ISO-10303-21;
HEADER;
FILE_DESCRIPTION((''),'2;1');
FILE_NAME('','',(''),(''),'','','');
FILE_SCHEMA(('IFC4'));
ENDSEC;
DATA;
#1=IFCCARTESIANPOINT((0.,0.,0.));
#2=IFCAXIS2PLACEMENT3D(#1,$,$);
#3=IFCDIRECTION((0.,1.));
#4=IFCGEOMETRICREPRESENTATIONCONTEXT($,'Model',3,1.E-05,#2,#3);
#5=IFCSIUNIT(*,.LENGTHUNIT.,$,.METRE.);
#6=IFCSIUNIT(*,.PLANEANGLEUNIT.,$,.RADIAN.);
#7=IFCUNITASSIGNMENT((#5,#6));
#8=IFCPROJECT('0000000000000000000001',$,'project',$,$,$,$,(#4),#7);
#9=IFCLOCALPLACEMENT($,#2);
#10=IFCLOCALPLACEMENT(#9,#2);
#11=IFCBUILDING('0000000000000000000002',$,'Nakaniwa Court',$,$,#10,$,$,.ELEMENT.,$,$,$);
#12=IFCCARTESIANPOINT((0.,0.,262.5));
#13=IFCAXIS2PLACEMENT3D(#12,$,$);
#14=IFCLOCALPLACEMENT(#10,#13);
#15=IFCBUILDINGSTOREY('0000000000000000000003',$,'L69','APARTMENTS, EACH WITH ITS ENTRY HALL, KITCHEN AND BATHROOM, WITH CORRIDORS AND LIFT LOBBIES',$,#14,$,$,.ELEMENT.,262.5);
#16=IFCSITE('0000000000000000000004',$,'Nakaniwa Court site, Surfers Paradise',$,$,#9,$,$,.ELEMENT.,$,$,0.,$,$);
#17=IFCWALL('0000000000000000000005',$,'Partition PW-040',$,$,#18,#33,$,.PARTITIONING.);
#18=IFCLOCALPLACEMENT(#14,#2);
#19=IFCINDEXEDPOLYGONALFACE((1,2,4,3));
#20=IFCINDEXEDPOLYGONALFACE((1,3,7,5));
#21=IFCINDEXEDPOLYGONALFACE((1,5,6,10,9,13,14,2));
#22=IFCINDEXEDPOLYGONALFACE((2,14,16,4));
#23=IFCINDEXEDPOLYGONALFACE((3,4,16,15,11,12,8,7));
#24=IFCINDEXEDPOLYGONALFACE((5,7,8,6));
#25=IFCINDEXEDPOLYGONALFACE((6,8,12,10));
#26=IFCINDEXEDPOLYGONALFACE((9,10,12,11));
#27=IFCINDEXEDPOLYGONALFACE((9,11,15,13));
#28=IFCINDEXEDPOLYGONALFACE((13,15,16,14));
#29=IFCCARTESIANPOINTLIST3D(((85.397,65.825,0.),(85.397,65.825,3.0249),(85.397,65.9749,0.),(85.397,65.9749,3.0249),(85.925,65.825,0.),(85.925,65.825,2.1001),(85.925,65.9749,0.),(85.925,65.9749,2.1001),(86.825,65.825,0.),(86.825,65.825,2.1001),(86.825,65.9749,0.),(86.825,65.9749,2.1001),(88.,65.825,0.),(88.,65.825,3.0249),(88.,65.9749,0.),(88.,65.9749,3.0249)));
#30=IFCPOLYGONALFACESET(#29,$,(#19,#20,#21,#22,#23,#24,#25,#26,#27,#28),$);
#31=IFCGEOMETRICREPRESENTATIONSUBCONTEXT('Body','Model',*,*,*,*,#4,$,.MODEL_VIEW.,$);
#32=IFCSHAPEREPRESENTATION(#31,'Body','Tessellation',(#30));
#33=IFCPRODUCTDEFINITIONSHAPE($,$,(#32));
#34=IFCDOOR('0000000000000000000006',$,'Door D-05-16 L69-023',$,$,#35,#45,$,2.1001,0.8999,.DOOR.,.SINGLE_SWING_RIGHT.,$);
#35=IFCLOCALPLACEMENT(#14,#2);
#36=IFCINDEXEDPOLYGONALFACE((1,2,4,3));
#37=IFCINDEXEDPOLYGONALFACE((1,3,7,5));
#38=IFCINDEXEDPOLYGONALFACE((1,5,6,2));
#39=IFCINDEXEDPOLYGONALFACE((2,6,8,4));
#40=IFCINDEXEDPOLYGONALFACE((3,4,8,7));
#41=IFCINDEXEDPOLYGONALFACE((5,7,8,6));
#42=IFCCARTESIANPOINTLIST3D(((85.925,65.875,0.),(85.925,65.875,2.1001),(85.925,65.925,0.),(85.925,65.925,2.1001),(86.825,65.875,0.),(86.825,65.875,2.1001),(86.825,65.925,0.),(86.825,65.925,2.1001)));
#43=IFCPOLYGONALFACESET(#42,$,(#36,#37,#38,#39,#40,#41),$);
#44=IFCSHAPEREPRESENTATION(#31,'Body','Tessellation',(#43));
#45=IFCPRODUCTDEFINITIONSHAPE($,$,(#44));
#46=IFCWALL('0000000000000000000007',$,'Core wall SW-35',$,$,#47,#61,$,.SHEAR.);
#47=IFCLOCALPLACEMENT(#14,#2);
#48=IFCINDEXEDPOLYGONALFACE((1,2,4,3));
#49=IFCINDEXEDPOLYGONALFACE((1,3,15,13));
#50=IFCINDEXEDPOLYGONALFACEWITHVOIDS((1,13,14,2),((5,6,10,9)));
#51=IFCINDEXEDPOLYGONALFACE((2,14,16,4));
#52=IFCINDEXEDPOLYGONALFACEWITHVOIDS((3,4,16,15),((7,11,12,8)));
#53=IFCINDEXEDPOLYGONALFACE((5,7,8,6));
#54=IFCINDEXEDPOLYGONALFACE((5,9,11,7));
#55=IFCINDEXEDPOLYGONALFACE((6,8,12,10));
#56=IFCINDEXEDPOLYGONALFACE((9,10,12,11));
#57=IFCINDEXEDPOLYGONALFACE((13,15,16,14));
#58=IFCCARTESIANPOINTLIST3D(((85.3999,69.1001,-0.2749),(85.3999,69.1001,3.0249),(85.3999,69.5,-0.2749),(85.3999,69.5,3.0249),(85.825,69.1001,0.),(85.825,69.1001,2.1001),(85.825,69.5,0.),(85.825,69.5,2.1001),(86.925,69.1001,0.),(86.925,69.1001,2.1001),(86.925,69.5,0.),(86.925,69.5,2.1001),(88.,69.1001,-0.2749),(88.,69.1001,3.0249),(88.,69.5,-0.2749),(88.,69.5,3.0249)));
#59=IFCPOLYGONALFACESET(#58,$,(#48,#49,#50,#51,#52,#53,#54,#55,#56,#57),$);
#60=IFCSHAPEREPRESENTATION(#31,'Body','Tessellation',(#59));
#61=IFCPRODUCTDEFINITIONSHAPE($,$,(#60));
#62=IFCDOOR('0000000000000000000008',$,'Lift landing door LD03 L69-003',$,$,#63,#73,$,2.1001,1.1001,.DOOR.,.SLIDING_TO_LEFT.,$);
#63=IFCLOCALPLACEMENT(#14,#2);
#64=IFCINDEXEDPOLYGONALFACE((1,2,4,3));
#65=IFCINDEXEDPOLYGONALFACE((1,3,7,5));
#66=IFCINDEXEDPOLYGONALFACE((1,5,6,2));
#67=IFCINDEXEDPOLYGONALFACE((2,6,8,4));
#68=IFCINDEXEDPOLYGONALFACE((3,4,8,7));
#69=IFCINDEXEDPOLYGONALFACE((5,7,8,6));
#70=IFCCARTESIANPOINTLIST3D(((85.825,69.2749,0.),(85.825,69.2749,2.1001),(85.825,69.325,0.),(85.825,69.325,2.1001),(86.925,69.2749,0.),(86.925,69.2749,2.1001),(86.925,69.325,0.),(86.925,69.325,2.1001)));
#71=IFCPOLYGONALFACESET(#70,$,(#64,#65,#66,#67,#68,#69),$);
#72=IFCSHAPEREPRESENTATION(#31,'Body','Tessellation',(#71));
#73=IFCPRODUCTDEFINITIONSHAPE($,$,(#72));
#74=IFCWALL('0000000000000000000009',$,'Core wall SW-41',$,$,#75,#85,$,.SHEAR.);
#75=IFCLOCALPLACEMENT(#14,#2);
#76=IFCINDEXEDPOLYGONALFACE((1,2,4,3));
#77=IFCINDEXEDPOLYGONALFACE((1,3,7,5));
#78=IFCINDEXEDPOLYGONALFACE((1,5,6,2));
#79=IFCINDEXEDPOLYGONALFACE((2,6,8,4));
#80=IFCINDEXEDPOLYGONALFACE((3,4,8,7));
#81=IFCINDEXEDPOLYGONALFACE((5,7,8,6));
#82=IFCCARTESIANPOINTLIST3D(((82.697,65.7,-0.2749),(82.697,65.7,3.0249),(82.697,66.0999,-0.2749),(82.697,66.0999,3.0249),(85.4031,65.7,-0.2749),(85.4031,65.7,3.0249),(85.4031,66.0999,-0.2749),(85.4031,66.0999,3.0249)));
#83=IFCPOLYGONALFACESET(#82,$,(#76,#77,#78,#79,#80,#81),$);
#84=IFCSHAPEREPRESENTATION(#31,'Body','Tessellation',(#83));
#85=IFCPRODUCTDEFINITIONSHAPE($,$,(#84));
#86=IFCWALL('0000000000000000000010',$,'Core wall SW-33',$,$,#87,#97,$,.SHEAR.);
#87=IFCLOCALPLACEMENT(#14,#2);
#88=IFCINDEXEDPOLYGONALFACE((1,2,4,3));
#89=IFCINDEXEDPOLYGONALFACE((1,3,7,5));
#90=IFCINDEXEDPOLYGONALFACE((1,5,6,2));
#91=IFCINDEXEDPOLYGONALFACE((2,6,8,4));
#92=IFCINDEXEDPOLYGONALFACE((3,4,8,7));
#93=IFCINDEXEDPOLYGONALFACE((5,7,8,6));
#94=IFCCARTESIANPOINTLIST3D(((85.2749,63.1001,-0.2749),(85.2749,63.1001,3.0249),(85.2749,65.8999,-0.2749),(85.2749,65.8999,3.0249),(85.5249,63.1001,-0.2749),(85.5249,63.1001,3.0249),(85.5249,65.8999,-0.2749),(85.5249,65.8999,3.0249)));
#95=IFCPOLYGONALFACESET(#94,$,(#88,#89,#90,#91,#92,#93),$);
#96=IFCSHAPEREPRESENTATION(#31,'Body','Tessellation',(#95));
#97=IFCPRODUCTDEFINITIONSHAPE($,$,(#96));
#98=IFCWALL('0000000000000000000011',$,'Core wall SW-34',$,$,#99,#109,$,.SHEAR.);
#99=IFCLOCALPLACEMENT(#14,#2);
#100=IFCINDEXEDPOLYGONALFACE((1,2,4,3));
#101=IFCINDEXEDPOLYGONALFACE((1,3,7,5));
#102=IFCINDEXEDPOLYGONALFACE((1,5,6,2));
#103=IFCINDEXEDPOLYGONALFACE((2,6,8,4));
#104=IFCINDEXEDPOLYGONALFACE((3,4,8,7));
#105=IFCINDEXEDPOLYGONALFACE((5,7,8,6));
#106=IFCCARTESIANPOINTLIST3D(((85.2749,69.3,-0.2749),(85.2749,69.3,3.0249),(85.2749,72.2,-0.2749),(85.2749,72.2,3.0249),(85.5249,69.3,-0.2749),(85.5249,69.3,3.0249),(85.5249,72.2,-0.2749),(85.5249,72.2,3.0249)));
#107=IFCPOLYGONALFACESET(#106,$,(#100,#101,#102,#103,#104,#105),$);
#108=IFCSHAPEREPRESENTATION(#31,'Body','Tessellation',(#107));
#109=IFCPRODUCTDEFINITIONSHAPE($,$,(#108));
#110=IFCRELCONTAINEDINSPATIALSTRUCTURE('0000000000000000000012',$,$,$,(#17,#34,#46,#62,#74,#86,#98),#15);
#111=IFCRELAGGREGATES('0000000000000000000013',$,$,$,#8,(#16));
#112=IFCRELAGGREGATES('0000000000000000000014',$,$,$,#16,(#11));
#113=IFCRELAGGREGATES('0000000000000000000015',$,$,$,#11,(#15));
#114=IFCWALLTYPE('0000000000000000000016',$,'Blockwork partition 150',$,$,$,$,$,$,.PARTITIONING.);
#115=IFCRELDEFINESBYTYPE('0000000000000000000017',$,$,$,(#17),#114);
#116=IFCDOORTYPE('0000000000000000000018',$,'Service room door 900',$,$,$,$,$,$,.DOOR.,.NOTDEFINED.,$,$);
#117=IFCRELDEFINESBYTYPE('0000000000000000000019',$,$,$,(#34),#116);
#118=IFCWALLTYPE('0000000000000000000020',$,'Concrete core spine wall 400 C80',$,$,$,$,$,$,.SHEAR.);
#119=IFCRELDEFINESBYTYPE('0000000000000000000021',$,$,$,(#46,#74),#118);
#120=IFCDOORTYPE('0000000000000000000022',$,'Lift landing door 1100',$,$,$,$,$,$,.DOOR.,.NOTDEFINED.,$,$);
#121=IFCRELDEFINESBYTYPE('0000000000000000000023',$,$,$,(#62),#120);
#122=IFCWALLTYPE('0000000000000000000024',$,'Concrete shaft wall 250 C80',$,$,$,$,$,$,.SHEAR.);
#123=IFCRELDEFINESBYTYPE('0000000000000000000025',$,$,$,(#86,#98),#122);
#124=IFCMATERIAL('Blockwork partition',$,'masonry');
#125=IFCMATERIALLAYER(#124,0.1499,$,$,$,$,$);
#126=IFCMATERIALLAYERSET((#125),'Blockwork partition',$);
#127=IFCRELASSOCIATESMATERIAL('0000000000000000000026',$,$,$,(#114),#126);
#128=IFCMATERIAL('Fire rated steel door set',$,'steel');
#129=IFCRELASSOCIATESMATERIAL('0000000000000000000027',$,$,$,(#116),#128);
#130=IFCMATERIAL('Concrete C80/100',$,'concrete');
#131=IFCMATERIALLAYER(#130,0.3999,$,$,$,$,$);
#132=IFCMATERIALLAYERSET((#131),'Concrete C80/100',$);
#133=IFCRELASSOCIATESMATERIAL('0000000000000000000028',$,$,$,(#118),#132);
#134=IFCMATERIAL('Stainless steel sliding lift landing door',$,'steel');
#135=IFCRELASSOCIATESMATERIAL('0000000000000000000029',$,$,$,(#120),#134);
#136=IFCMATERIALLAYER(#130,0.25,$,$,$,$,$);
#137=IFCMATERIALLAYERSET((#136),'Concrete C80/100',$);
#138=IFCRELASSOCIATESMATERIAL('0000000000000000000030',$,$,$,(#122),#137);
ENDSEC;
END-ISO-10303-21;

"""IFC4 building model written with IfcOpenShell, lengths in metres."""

from ifc_helpers import new_model, si_unit, direction, frame, frame_2d, origin, place, context, subcontext, project, spatial, rectangle, extrude, material, layer, layer_set, type_object, element, fill, save


model = new_model("IFC4")

# Units and contexts
model_context = context("Model", 3, precision=1e-05, world=origin(), true_north=direction((0.0, 1.0)))
body_context = subcontext(model_context, "Body", "Model", "MODEL_VIEW")
ifc_project = project(units=[si_unit("LENGTHUNIT", "METRE"), si_unit("PLANEANGLEUNIT", "RADIAN")], contexts=[model_context])

# Site, building, storey
site_placement = place(None, origin())
site = spatial("IfcSite", under=ifc_project, at=site_placement, Name="Nakaniwa Court site, Surfers Paradise", CompositionType="ELEMENT", RefElevation=0.0)
building_placement = place(site_placement, origin())
building = spatial("IfcBuilding", under=site, at=building_placement, Name="Nakaniwa Court", CompositionType="ELEMENT")
storey_placement = place(building_placement, frame((0.0, 0.0, 262.5)))
storey = spatial("IfcBuildingStorey", under=building, at=storey_placement, Name="L69", Description="APARTMENTS, EACH WITH ITS ENTRY HALL, KITCHEN AND BATHROOM, WITH CORRIDORS AND LIFT LOBBIES", CompositionType="ELEMENT", Elevation=262.5)

# Shared definitions
ifc_material_1 = material(Name="Blockwork partition", Category="masonry")
ifc_layer_1 = layer(ifc_material_1, 0.1499)
ifc_layer_set_1 = layer_set([ifc_layer_1], Name="Blockwork partition")
wall_type_1 = type_object("IfcWallType", Name="Blockwork partition 150", PredefinedType="PARTITIONING", material=ifc_layer_set_1)

# Shared definitions
ifc_material_2 = material(Name="Fire rated steel door set", Category="steel")
door_type_1 = type_object("IfcDoorType", Name="Service room door 900", OperationType="NOTDEFINED", PredefinedType="DOOR", material=ifc_material_2)

# Walls, openings, doors
wall_1_placement = place(storey_placement, frame((88.0, 65.8999, 0.0), z_axis=(0.0, 0.0, 1.0), x_axis=(-1.0, 0.0, 0.0)))
wall_1 = element("IfcWall", 1, at=wall_1_placement, inside=storey, type_object=wall_type_1, Name="Partition PW-040", PredefinedType="PARTITIONING", context=body_context, shape_type="SweptSolid", body=[
    extrude(rectangle(XDim=2.603, YDim=0.1499, at=frame_2d((1.3015, 0.0))), origin(), (0.0, 0.0, 1.0), 3.0249),
])
opening_1_placement = place(wall_1_placement, frame((1.175, 0.0, 0.0)))
opening_1 = element("IfcOpeningElement", 2, at=opening_1_placement, cuts=wall_1, PredefinedType="OPENING", context=body_context, shape_type="SweptSolid", body=[
    extrude(rectangle(XDim=0.8999, YDim=2.1001, at=frame_2d((0.45, 1.05))), frame((0.0, 0.085, 0.0), z_axis=(0.0, -1.0, 0.0), x_axis=(1.0, 0.0, 0.0)), (0.0, 0.0, 1.0), 0.1699),
])
door_1_placement = place(opening_1_placement, origin())
door_1 = element("IfcDoor", 3, at=door_1_placement, inside=storey, type_object=door_type_1, Name="Door D-05-16 L69-023", OperationType="SINGLE_SWING_RIGHT", OverallHeight=2.1001, OverallWidth=0.8999, PredefinedType="DOOR", context=body_context, shape_type="SweptSolid", body=[
    extrude(rectangle(XDim=0.8999, YDim=2.1001, at=frame_2d((0.45, 1.05))), frame((0.0, 0.0249, 0.0), z_axis=(0.0, -1.0, 0.0), x_axis=(1.0, 0.0, 0.0)), (0.0, 0.0, 1.0), 0.05),
])
fill(opening_1, door_1)
ifc_material_3 = material(Name="Concrete C80/100", Category="concrete")
ifc_layer_2 = layer(ifc_material_3, 0.3999)
ifc_layer_set_2 = layer_set([ifc_layer_2], Name="Concrete C80/100")
wall_type_2 = type_object("IfcWallType", Name="Concrete core spine wall 400 C80", PredefinedType="SHEAR", material=ifc_layer_set_2)
wall_2_placement = place(storey_placement, frame((85.3999, 69.3, -0.2749), z_axis=(0.0, 0.0, 1.0), x_axis=(1.0, 0.0, 0.0)))
wall_2 = element("IfcWall", 4, at=wall_2_placement, inside=storey, type_object=wall_type_2, Name="Core wall SW-35", PredefinedType="SHEAR", context=body_context, shape_type="SweptSolid", body=[
    extrude(rectangle(XDim=2.6001, YDim=0.3999, at=frame_2d((1.3, 0.0))), origin(), (0.0, 0.0, 1.0), 3.2998),
])
opening_2_placement = place(wall_2_placement, frame((0.425, 0.0, 0.2749)))
opening_2 = element("IfcOpeningElement", 5, at=opening_2_placement, cuts=wall_2, PredefinedType="OPENING", context=body_context, shape_type="SweptSolid", body=[
    extrude(rectangle(XDim=1.1001, YDim=2.1001, at=frame_2d((0.55, 1.05))), frame((0.0, 0.21, 0.0), z_axis=(0.0, -1.0, 0.0), x_axis=(1.0, 0.0, 0.0)), (0.0, 0.0, 1.0), 0.4199),
])
ifc_material_4 = material(Name="Stainless steel sliding lift landing door", Category="steel")
door_type_2 = type_object("IfcDoorType", Name="Lift landing door 1100", OperationType="NOTDEFINED", PredefinedType="DOOR", material=ifc_material_4)
door_2_placement = place(opening_2_placement, origin())
door_2 = element("IfcDoor", 6, at=door_2_placement, inside=storey, type_object=door_type_2, Name="Lift landing door LD03 L69-003", OperationType="SLIDING_TO_LEFT", OverallHeight=2.1001, OverallWidth=1.1001, PredefinedType="DOOR", context=body_context, shape_type="SweptSolid", body=[
    extrude(rectangle(XDim=1.1001, YDim=2.1001, at=frame_2d((0.55, 1.05))), frame((0.0, 0.0249, 0.0), z_axis=(0.0, -1.0, 0.0), x_axis=(1.0, 0.0, 0.0)), (0.0, 0.0, 1.0), 0.05),
])
fill(opening_2, door_2)

# Walls
wall_3_placement = place(storey_placement, frame((82.697, 65.8999, -0.2749), z_axis=(0.0, 0.0, 1.0), x_axis=(1.0, 0.0, 0.0)))
element("IfcWall", 7, at=wall_3_placement, inside=storey, type_object=wall_type_2, Name="Core wall SW-41", PredefinedType="SHEAR", context=body_context, shape_type="SweptSolid", body=[
    extrude(rectangle(XDim=2.7061, YDim=0.3999, at=frame_2d((1.353, 0.0))), origin(), (0.0, 0.0, 1.0), 3.2998),
])
ifc_layer_3 = layer(ifc_material_3, 0.25)
ifc_layer_set_3 = layer_set([ifc_layer_3], Name="Concrete C80/100")
wall_type_3 = type_object("IfcWallType", Name="Concrete shaft wall 250 C80", PredefinedType="SHEAR", material=ifc_layer_set_3)
wall_4_placement = place(storey_placement, frame((85.3999, 63.1001, -0.2749), z_axis=(0.0, 0.0, 1.0), x_axis=(0.0, 1.0, 0.0)))
element("IfcWall", 8, at=wall_4_placement, inside=storey, type_object=wall_type_3, Name="Core wall SW-33", PredefinedType="SHEAR", context=body_context, shape_type="SweptSolid", body=[
    extrude(rectangle(XDim=2.7998, YDim=0.25, at=frame_2d((1.3999, 0.0))), origin(), (0.0, 0.0, 1.0), 3.2998),
])
wall_5_placement = place(storey_placement, frame((85.3999, 69.3, -0.2749), z_axis=(0.0, 0.0, 1.0), x_axis=(0.0, 1.0, 0.0)))
element("IfcWall", 9, at=wall_5_placement, inside=storey, type_object=wall_type_3, Name="Core wall SW-34", PredefinedType="SHEAR", context=body_context, shape_type="SweptSolid", body=[
    extrude(rectangle(XDim=2.8999, YDim=0.25, at=frame_2d((1.45, 0.0))), origin(), (0.0, 0.0, 1.0), 3.2998),
])

save(model, "model.ifc")
